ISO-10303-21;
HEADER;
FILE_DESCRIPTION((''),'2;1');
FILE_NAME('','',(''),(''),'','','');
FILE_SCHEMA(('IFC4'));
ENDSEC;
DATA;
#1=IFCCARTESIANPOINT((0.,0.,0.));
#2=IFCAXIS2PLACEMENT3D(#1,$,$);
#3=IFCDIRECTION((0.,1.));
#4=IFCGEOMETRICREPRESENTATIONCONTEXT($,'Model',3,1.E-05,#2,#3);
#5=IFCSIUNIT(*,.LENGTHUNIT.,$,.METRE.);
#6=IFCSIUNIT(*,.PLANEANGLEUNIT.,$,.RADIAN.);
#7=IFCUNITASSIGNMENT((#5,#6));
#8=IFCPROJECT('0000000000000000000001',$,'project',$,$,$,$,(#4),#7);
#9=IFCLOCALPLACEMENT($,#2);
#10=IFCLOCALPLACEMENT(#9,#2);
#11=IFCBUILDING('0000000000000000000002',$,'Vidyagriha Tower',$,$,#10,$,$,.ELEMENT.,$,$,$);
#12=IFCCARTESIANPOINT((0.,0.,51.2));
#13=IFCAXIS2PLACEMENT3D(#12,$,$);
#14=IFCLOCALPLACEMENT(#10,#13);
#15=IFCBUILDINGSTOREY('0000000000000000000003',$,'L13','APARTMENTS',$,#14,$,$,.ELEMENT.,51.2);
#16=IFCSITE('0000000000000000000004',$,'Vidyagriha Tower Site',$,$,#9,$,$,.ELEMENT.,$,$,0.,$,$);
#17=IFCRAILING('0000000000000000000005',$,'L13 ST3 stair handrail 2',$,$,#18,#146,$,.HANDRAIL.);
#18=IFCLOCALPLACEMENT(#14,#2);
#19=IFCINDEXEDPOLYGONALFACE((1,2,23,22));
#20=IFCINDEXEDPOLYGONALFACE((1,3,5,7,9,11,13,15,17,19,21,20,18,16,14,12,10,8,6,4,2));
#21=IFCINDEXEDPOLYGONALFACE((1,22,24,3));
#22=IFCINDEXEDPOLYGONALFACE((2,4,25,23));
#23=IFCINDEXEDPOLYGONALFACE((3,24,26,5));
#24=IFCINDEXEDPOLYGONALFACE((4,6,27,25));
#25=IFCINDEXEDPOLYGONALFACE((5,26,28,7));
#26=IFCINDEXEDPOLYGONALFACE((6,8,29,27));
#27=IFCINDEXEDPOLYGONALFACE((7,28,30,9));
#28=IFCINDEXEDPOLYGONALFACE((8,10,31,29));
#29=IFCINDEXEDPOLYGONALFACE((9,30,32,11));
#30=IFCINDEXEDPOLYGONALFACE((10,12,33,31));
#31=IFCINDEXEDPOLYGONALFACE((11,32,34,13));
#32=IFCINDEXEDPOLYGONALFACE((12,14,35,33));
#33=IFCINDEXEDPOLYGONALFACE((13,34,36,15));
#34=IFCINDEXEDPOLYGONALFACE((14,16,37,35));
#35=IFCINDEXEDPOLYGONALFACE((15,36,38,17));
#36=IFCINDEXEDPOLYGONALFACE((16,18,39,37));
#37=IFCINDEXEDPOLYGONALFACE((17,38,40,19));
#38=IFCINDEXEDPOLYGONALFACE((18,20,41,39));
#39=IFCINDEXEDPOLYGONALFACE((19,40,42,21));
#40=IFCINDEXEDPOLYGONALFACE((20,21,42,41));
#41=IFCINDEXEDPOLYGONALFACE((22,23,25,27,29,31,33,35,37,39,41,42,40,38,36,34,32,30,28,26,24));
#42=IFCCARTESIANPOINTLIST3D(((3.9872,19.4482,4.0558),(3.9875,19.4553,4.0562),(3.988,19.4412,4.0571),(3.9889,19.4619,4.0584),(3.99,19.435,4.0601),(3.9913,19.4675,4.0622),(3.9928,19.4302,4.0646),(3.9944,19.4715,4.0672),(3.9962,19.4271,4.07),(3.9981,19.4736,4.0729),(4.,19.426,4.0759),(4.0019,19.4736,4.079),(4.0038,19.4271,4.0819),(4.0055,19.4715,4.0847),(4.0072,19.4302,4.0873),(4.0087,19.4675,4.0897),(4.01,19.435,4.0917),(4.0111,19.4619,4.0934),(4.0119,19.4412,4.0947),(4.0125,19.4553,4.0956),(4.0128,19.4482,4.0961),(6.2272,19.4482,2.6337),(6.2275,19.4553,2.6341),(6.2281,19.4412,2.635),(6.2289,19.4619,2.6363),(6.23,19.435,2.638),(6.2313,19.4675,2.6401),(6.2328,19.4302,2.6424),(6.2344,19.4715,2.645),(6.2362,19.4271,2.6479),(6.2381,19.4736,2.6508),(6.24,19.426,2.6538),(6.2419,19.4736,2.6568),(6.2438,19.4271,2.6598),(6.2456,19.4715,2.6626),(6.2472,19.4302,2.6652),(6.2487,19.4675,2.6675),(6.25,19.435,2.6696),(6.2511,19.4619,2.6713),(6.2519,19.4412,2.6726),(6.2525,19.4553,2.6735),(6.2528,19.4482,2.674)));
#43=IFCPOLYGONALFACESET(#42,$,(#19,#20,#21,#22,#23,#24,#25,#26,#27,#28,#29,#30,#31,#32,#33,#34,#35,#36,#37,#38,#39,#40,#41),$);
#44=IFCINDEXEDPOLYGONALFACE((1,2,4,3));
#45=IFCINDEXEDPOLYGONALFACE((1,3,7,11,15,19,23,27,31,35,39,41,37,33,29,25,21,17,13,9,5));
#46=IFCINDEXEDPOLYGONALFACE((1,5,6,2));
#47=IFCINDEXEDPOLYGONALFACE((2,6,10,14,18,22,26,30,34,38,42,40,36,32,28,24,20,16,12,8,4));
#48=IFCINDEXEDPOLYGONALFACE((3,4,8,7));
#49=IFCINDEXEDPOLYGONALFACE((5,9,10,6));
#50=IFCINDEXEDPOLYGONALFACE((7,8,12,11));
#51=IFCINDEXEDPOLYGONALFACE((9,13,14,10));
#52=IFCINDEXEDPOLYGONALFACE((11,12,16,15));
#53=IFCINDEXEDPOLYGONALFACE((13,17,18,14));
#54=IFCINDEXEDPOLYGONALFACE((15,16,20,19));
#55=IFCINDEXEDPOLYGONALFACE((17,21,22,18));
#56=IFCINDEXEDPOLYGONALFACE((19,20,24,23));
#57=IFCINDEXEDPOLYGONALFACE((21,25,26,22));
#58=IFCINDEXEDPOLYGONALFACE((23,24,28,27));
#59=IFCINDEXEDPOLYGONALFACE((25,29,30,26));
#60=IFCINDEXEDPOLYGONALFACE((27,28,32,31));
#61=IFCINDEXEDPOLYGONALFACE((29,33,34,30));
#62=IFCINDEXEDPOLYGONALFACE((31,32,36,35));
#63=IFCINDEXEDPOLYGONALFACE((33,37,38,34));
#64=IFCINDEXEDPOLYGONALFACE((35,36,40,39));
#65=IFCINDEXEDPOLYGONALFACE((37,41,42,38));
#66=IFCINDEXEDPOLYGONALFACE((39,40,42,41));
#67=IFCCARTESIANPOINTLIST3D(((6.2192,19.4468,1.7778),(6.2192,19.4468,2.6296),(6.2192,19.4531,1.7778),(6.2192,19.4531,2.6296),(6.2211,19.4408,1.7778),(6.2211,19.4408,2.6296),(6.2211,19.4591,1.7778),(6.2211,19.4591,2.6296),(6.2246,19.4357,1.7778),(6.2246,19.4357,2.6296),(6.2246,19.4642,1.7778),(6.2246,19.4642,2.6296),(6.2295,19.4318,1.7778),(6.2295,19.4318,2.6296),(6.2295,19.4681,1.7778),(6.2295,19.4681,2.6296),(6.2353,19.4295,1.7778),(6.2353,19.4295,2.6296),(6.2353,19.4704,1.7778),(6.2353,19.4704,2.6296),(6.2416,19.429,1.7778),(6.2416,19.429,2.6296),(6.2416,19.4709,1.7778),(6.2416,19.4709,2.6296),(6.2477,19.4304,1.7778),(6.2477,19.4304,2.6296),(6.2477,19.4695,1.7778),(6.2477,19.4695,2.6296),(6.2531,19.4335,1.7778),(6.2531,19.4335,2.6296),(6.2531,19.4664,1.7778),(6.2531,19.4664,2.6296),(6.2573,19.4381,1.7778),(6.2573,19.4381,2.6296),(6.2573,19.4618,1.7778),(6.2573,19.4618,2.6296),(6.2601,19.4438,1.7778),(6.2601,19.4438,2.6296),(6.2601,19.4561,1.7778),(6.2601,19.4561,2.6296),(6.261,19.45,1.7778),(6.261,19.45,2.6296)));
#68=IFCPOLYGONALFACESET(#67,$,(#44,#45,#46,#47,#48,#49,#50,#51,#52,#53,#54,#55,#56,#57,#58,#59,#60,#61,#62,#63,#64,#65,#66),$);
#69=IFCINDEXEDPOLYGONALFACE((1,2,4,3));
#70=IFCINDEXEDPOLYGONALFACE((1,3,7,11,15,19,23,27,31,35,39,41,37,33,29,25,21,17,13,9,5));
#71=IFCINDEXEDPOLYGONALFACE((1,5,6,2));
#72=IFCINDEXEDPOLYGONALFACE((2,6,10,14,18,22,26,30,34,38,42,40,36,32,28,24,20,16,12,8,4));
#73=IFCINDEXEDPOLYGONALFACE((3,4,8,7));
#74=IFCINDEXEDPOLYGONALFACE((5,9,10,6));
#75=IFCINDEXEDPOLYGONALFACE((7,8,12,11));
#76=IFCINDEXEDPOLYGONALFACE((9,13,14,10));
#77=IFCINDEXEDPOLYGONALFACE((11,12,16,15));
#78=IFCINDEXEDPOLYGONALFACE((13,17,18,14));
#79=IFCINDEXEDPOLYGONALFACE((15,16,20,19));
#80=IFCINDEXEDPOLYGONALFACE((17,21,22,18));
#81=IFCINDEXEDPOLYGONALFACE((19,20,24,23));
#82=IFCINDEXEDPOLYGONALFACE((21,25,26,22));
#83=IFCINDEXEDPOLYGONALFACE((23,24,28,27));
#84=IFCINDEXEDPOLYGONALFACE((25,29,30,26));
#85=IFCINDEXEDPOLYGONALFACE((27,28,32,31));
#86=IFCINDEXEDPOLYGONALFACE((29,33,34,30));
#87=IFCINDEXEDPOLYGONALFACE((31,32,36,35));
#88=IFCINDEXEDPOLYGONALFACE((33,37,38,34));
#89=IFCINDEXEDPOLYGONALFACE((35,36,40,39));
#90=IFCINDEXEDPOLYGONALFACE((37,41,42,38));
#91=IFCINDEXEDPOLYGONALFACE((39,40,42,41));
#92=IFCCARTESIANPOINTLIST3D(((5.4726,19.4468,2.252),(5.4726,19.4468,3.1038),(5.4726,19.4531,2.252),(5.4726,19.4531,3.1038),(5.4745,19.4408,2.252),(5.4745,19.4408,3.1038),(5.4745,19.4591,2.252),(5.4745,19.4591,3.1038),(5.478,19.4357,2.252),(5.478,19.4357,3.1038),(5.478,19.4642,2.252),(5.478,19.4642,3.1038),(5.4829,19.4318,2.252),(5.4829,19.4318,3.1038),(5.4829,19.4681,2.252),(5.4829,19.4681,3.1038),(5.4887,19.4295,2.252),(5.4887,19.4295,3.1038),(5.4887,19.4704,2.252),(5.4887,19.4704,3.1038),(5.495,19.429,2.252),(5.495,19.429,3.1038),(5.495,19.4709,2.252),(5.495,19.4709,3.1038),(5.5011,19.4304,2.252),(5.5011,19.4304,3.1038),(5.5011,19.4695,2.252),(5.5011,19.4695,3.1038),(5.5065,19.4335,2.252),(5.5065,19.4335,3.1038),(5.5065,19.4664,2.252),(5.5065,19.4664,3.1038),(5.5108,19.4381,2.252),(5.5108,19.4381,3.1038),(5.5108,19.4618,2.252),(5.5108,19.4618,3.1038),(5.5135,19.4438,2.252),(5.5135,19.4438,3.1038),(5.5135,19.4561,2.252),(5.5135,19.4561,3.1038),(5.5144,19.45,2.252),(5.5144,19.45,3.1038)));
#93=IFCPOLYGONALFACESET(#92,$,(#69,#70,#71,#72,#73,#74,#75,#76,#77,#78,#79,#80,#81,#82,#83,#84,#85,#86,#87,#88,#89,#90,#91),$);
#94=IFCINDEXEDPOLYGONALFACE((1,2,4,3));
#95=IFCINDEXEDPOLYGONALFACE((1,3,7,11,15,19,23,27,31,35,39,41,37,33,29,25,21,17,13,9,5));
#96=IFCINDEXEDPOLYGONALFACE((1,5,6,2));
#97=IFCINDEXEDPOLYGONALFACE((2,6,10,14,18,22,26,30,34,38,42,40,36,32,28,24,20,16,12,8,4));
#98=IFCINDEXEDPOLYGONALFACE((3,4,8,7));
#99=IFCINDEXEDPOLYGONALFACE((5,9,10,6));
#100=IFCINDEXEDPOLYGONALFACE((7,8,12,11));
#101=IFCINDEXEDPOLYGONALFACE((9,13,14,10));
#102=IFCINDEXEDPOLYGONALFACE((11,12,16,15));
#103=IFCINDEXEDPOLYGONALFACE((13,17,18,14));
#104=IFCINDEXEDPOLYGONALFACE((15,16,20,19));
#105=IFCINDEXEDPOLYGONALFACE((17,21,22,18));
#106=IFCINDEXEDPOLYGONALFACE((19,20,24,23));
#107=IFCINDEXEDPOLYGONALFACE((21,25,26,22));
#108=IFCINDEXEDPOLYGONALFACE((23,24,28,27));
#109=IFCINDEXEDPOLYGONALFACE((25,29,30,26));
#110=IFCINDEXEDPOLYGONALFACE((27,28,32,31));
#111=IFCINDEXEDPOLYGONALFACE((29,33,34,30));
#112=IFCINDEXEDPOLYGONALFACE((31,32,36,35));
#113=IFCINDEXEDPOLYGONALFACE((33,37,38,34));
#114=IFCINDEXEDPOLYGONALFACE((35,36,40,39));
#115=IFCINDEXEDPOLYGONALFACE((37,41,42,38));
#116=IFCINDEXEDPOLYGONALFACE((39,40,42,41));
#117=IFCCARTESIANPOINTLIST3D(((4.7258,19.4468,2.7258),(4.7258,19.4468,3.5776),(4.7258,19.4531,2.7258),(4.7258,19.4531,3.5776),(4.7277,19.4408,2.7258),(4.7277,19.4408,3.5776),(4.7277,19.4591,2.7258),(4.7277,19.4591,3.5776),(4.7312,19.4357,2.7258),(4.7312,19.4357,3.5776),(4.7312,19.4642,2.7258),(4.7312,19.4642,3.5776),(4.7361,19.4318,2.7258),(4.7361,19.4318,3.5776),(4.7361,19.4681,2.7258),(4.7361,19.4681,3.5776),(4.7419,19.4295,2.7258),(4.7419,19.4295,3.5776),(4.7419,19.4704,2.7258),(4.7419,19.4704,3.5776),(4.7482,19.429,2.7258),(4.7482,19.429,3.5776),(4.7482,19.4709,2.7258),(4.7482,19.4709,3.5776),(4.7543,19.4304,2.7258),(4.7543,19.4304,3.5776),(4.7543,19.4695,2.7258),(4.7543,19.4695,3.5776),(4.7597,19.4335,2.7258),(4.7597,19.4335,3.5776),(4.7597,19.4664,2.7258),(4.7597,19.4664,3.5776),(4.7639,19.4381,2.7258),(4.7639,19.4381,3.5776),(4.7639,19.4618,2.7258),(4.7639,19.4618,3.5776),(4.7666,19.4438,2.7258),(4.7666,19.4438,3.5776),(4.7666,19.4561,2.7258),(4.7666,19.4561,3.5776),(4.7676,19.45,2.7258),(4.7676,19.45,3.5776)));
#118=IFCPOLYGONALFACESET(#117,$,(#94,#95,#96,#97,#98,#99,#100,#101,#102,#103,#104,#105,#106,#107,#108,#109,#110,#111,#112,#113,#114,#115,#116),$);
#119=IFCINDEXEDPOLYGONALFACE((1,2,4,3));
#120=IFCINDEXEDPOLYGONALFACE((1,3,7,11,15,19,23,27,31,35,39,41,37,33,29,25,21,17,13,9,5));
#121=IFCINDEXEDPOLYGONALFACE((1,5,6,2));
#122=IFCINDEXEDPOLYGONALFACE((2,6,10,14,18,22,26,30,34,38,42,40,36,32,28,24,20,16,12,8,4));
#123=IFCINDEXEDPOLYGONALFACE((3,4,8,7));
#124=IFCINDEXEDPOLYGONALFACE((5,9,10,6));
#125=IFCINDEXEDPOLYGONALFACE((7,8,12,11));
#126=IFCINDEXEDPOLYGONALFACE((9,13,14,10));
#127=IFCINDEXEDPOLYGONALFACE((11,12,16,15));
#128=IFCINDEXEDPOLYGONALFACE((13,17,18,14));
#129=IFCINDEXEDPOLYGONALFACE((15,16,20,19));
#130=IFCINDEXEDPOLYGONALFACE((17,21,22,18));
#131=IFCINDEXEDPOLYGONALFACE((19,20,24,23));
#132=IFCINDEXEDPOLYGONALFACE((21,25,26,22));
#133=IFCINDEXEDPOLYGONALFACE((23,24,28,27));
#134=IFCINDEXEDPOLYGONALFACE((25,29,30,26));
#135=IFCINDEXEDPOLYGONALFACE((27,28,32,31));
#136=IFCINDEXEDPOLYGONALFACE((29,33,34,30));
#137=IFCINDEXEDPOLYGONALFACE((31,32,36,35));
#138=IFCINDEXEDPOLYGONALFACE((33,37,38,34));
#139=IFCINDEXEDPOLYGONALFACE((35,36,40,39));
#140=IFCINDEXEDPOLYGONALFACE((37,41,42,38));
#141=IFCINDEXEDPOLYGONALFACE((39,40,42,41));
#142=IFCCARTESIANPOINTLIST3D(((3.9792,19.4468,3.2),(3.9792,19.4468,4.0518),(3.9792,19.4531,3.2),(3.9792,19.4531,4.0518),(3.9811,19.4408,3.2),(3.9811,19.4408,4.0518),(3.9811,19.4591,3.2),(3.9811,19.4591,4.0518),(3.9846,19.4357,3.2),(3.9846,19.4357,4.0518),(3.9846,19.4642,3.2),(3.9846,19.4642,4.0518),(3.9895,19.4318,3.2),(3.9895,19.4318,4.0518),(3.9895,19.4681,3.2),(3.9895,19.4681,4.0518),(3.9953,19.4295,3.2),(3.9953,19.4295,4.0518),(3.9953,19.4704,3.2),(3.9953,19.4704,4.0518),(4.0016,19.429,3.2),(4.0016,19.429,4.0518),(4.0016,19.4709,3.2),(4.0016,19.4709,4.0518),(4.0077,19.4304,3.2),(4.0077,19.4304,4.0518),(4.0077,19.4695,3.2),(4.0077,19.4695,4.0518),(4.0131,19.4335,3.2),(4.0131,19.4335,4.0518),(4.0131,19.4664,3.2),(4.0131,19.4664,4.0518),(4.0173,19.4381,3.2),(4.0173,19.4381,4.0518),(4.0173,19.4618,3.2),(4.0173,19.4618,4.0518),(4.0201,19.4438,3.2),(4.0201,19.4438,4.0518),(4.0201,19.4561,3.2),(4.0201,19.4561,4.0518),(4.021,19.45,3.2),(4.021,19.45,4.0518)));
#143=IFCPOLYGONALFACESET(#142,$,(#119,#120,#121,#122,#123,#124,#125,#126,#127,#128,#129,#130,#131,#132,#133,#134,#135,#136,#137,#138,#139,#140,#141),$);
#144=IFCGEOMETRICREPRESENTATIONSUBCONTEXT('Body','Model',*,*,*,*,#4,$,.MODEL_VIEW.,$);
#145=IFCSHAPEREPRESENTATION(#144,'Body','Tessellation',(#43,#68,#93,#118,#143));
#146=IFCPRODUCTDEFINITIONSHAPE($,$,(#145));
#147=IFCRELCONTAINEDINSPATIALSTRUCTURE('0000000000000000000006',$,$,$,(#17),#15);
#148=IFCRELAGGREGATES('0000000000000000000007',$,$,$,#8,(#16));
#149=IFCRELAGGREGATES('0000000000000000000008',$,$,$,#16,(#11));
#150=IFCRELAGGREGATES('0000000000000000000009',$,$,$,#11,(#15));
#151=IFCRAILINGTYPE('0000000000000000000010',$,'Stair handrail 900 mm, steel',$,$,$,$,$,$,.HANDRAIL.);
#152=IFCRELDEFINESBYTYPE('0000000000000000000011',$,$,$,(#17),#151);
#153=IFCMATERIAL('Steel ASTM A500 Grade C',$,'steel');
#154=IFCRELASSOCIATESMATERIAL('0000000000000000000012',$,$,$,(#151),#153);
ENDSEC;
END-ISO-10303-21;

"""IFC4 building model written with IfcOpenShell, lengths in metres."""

from ifc_helpers import new_model, si_unit, direction, frame, origin, origin_2d, place, context, subcontext, project, spatial, circle, extrude, material, type_object, element, save


model = new_model("IFC4")

# Units and contexts
model_context = context("Model", 3, precision=1e-05, world=origin(), true_north=direction((0.0, 1.0)))
body_context = subcontext(model_context, "Body", "Model", "MODEL_VIEW")
ifc_project = project(units=[si_unit("LENGTHUNIT", "METRE"), si_unit("PLANEANGLEUNIT", "RADIAN")], contexts=[model_context])

# Site, building, storey
site_placement = place(None, origin())
site = spatial("IfcSite", under=ifc_project, at=site_placement, Name="Vidyagriha Tower Site", CompositionType="ELEMENT", RefElevation=0.0)
building_placement = place(site_placement, origin())
building = spatial("IfcBuilding", under=site, at=building_placement, Name="Vidyagriha Tower", CompositionType="ELEMENT")
storey_placement = place(building_placement, frame((0.0, 0.0, 51.2)))
storey = spatial("IfcBuildingStorey", under=building, at=storey_placement, Name="L13", Description="APARTMENTS", CompositionType="ELEMENT", Elevation=51.2)

# Railing
ifc_material_1 = material(Name="Steel ASTM A500 Grade C", Category="steel")
railing_type_1 = type_object("IfcRailingType", Name="Stair handrail 900 mm, steel", PredefinedType="HANDRAIL", material=ifc_material_1)
railing_1_placement = place(storey_placement, frame((6.24, 19.45, 1.7778)))
element("IfcRailing", 1, at=railing_1_placement, inside=storey, type_object=railing_type_1, Name="L13 ST3 stair handrail 2", PredefinedType="HANDRAIL", context=body_context, shape_type="SweptSolid", body=[
    extrude(circle(Radius=0.0239, at=origin_2d()), frame((0.0, 0.0, 0.876), z_axis=(-0.844229, 0.0, 0.535982), x_axis=(0.0, -1.0, 0.0)), (0.0, 0.0, 1.0), 2.6533),
    extrude(circle(Radius=0.021, at=origin_2d()), origin(), (0.0, 0.0, 1.0), 0.8518),
    extrude(circle(Radius=0.021, at=origin_2d()), frame((-0.7466, 0.0, 0.4741)), (0.0, 0.0, 1.0), 0.8518),
    extrude(circle(Radius=0.021, at=origin_2d()), frame((-1.4934, 0.0, 0.948)), (0.0, 0.0, 1.0), 0.8518),
    extrude(circle(Radius=0.021, at=origin_2d()), frame((-2.24, 0.0, 1.4221)), (0.0, 0.0, 1.0), 0.8518),
])

save(model, "model.ifc")
